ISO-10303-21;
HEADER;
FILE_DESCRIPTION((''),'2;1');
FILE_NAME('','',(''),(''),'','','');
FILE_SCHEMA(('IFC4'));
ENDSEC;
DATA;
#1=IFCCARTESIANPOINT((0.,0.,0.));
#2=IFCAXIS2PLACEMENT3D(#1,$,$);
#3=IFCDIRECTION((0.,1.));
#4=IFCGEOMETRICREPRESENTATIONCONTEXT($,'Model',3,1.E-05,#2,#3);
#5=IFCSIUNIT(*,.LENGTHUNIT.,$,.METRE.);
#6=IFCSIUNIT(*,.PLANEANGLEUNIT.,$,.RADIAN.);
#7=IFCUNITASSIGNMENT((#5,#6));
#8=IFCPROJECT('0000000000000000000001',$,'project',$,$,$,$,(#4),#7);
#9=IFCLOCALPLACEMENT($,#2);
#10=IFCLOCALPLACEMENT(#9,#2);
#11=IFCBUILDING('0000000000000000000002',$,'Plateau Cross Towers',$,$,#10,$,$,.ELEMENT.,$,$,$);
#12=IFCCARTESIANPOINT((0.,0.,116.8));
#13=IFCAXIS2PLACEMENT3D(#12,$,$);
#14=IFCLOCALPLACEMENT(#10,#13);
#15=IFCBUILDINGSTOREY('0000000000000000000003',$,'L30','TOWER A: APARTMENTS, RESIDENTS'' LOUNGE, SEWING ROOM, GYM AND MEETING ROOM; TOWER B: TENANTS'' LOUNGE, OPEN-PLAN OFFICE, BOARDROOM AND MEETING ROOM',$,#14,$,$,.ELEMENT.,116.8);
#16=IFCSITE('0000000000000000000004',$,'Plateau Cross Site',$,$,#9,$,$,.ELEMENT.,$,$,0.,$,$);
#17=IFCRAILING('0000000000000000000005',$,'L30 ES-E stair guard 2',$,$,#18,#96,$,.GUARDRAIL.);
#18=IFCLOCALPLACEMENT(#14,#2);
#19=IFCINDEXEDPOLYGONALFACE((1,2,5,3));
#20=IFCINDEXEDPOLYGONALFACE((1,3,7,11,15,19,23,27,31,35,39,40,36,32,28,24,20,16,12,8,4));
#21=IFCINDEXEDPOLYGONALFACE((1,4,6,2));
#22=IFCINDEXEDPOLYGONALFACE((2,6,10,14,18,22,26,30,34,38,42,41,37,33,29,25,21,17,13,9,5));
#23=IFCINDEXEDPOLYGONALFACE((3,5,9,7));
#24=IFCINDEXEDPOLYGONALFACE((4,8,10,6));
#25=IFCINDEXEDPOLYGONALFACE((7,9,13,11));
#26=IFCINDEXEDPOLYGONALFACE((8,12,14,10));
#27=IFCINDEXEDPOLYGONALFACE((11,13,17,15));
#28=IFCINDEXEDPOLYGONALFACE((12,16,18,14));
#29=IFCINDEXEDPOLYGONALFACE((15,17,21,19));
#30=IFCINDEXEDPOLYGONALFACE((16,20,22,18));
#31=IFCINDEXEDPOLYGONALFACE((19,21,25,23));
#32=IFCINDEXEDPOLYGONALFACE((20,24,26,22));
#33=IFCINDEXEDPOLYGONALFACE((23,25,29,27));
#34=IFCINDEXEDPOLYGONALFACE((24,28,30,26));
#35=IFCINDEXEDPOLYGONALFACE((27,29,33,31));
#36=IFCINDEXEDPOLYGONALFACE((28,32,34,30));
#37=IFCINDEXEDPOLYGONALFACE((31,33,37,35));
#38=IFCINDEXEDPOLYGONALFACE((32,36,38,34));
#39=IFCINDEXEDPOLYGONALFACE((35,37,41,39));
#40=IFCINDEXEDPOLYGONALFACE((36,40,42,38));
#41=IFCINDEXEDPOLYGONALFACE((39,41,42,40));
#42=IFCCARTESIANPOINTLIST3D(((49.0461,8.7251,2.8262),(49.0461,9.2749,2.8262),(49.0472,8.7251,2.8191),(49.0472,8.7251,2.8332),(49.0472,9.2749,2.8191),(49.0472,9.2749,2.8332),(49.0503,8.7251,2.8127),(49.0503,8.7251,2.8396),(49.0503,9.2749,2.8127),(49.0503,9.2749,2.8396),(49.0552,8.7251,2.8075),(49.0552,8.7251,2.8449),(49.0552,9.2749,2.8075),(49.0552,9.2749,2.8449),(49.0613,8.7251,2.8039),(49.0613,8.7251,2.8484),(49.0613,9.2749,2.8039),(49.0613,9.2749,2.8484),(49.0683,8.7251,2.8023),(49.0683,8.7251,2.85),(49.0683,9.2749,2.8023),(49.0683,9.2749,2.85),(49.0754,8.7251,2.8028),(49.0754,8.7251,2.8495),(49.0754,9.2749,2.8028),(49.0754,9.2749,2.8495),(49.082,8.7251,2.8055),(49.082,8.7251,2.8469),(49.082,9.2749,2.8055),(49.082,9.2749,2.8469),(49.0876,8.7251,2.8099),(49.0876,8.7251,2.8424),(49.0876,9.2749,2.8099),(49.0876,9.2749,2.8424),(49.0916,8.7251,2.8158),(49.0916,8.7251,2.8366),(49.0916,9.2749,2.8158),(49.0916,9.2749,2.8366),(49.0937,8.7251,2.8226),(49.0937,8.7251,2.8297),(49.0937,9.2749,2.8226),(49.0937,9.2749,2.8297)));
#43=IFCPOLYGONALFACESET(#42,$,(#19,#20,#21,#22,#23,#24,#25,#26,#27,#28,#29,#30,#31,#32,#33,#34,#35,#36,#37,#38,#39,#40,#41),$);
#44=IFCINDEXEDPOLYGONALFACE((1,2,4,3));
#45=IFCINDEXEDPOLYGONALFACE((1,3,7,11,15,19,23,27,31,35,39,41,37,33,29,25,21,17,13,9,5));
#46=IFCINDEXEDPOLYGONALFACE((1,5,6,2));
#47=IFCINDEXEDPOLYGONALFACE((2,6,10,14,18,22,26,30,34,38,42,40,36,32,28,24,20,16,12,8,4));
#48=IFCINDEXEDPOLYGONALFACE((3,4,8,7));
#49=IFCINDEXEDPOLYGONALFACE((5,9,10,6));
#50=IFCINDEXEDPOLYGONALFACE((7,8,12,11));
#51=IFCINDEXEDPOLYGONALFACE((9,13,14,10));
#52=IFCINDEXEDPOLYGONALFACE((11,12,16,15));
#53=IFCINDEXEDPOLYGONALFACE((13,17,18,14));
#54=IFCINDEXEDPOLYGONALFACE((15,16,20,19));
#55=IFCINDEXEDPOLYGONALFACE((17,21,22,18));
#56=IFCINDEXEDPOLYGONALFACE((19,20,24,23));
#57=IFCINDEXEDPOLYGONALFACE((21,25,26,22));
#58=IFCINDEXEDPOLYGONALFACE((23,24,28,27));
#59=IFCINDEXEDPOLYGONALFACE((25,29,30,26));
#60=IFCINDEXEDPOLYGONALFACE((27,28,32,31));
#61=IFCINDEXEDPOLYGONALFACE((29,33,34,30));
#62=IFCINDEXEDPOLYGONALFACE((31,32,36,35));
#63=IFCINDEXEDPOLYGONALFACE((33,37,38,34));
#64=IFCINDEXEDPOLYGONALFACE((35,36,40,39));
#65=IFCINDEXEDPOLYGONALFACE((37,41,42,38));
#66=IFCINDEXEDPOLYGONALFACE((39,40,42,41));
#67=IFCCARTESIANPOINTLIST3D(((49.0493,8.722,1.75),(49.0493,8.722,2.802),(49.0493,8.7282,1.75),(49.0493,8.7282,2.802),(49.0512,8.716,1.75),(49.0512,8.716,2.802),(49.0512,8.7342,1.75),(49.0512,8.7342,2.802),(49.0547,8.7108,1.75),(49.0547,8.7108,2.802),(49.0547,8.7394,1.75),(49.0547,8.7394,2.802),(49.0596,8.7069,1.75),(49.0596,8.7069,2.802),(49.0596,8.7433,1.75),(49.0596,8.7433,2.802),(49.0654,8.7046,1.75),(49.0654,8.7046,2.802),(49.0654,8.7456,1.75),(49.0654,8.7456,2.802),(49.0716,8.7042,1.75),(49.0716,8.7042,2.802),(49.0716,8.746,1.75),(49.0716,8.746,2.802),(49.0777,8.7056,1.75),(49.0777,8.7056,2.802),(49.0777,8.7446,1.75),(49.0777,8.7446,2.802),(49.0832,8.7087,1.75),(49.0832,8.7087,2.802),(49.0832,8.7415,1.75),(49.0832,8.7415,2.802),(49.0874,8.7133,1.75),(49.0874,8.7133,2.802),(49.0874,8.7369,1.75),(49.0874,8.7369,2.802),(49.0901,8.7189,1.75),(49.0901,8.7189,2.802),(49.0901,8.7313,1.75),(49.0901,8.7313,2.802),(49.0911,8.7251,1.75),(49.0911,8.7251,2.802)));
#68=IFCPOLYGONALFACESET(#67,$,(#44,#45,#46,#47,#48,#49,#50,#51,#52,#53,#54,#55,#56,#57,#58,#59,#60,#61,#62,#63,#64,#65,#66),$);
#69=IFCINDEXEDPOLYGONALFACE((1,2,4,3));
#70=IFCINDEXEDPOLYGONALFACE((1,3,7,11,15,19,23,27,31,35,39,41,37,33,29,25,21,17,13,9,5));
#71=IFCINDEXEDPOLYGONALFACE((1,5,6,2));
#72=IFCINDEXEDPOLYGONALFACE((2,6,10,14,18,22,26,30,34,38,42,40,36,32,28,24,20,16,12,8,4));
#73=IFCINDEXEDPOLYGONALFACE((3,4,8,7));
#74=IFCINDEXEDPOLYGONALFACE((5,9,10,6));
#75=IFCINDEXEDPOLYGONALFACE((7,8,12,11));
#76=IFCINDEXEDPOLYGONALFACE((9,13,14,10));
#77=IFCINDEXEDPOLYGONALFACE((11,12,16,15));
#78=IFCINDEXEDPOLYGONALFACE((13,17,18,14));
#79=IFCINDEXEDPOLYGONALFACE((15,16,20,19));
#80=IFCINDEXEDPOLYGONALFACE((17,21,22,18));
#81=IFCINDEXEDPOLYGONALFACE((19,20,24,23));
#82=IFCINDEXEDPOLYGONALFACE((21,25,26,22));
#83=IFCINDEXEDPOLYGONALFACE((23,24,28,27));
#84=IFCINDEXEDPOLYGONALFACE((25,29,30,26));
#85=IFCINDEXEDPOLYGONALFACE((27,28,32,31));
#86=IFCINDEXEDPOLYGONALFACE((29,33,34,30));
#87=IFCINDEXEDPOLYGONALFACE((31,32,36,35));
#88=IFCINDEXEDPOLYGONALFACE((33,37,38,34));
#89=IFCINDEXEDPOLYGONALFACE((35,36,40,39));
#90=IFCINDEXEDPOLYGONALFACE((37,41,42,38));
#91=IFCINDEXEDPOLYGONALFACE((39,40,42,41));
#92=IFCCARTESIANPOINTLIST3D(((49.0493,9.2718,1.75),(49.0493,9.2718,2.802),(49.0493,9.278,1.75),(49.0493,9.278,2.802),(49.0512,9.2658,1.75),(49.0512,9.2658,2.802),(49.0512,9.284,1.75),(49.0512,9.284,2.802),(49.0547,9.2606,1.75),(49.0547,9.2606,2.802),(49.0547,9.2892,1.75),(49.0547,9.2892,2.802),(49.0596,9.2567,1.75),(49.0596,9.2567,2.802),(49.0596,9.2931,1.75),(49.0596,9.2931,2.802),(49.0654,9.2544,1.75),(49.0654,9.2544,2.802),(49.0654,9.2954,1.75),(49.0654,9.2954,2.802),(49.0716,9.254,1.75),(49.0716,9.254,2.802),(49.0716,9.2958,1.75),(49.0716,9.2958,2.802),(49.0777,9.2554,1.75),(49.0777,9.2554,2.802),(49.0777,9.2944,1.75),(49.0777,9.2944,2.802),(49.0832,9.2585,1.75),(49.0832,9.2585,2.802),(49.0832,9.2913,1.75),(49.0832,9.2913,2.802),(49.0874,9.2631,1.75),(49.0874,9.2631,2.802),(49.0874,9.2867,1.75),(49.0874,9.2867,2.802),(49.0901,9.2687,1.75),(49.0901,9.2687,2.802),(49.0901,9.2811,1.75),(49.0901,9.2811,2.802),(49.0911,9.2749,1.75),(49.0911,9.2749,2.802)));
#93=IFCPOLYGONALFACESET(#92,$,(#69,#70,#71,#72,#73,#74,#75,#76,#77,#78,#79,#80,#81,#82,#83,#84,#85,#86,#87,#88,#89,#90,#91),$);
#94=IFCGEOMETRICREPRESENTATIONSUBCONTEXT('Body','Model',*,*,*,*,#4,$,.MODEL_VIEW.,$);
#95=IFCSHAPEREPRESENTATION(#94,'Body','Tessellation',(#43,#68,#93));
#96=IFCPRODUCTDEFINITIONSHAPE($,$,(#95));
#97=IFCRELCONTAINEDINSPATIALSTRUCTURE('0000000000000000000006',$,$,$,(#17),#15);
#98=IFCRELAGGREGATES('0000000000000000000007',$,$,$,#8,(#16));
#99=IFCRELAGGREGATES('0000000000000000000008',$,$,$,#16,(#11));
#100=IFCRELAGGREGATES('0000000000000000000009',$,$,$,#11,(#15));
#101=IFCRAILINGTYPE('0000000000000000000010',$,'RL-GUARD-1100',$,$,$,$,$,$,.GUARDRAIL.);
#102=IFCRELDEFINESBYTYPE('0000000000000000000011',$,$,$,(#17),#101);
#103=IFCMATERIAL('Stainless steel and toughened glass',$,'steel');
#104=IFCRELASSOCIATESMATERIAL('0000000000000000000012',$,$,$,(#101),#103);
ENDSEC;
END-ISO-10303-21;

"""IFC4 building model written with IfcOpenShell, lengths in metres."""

from ifc_helpers import new_model, si_unit, direction, frame, origin, origin_2d, place, context, subcontext, project, spatial, circle, extrude, material, type_object, element, save


model = new_model("IFC4")

# Units and contexts
model_context = context("Model", 3, precision=1e-05, world=origin(), true_north=direction((0.0, 1.0)))
body_context = subcontext(model_context, "Body", "Model", "MODEL_VIEW")
ifc_project = project(units=[si_unit("LENGTHUNIT", "METRE"), si_unit("PLANEANGLEUNIT", "RADIAN")], contexts=[model_context])

# Site, building, storey
site_placement = place(None, origin())
site = spatial("IfcSite", under=ifc_project, at=site_placement, Name="Plateau Cross Site", CompositionType="ELEMENT", RefElevation=0.0)
building_placement = place(site_placement, origin())
building = spatial("IfcBuilding", under=site, at=building_placement, Name="Plateau Cross Towers", CompositionType="ELEMENT")
storey_placement = place(building_placement, frame((0.0, 0.0, 116.8)))
storey = spatial("IfcBuildingStorey", under=building, at=storey_placement, Name="L30", Description="TOWER A: APARTMENTS, RESIDENTS' LOUNGE, SEWING ROOM, GYM AND MEETING ROOM; TOWER B: TENANTS' LOUNGE, OPEN-PLAN OFFICE, BOARDROOM AND MEETING ROOM", CompositionType="ELEMENT", Elevation=116.8)

# Railing
ifc_material_1 = material(Name="Stainless steel and toughened glass", Category="steel")
railing_type = type_object("IfcRailingType", Name="RL-GUARD-1100", PredefinedType="GUARDRAIL", material=ifc_material_1)
railing_placement = place(storey_placement, frame((49.0701, 8.7251, 1.75)))
element("IfcRailing", 1, at=railing_placement, inside=storey, type_object=railing_type, Name="L30 ES-E stair guard 2", PredefinedType="GUARDRAIL", context=body_context, shape_type="SweptSolid", body=[
    extrude(circle(Radius=0.0239, at=origin_2d()), frame((0.0, 0.0, 1.0762), z_axis=(0.0, 1.0, 0.0), x_axis=(-1.0, 0.0, 0.0)), (0.0, 0.0, 1.0), 0.5498),
    extrude(circle(Radius=0.021, at=origin_2d()), origin(), (0.0, 0.0, 1.0), 1.052),
    extrude(circle(Radius=0.021, at=origin_2d()), frame((0.0, 0.5498, 0.0)), (0.0, 0.0, 1.0), 1.052),
])

save(model, "model.ifc")
